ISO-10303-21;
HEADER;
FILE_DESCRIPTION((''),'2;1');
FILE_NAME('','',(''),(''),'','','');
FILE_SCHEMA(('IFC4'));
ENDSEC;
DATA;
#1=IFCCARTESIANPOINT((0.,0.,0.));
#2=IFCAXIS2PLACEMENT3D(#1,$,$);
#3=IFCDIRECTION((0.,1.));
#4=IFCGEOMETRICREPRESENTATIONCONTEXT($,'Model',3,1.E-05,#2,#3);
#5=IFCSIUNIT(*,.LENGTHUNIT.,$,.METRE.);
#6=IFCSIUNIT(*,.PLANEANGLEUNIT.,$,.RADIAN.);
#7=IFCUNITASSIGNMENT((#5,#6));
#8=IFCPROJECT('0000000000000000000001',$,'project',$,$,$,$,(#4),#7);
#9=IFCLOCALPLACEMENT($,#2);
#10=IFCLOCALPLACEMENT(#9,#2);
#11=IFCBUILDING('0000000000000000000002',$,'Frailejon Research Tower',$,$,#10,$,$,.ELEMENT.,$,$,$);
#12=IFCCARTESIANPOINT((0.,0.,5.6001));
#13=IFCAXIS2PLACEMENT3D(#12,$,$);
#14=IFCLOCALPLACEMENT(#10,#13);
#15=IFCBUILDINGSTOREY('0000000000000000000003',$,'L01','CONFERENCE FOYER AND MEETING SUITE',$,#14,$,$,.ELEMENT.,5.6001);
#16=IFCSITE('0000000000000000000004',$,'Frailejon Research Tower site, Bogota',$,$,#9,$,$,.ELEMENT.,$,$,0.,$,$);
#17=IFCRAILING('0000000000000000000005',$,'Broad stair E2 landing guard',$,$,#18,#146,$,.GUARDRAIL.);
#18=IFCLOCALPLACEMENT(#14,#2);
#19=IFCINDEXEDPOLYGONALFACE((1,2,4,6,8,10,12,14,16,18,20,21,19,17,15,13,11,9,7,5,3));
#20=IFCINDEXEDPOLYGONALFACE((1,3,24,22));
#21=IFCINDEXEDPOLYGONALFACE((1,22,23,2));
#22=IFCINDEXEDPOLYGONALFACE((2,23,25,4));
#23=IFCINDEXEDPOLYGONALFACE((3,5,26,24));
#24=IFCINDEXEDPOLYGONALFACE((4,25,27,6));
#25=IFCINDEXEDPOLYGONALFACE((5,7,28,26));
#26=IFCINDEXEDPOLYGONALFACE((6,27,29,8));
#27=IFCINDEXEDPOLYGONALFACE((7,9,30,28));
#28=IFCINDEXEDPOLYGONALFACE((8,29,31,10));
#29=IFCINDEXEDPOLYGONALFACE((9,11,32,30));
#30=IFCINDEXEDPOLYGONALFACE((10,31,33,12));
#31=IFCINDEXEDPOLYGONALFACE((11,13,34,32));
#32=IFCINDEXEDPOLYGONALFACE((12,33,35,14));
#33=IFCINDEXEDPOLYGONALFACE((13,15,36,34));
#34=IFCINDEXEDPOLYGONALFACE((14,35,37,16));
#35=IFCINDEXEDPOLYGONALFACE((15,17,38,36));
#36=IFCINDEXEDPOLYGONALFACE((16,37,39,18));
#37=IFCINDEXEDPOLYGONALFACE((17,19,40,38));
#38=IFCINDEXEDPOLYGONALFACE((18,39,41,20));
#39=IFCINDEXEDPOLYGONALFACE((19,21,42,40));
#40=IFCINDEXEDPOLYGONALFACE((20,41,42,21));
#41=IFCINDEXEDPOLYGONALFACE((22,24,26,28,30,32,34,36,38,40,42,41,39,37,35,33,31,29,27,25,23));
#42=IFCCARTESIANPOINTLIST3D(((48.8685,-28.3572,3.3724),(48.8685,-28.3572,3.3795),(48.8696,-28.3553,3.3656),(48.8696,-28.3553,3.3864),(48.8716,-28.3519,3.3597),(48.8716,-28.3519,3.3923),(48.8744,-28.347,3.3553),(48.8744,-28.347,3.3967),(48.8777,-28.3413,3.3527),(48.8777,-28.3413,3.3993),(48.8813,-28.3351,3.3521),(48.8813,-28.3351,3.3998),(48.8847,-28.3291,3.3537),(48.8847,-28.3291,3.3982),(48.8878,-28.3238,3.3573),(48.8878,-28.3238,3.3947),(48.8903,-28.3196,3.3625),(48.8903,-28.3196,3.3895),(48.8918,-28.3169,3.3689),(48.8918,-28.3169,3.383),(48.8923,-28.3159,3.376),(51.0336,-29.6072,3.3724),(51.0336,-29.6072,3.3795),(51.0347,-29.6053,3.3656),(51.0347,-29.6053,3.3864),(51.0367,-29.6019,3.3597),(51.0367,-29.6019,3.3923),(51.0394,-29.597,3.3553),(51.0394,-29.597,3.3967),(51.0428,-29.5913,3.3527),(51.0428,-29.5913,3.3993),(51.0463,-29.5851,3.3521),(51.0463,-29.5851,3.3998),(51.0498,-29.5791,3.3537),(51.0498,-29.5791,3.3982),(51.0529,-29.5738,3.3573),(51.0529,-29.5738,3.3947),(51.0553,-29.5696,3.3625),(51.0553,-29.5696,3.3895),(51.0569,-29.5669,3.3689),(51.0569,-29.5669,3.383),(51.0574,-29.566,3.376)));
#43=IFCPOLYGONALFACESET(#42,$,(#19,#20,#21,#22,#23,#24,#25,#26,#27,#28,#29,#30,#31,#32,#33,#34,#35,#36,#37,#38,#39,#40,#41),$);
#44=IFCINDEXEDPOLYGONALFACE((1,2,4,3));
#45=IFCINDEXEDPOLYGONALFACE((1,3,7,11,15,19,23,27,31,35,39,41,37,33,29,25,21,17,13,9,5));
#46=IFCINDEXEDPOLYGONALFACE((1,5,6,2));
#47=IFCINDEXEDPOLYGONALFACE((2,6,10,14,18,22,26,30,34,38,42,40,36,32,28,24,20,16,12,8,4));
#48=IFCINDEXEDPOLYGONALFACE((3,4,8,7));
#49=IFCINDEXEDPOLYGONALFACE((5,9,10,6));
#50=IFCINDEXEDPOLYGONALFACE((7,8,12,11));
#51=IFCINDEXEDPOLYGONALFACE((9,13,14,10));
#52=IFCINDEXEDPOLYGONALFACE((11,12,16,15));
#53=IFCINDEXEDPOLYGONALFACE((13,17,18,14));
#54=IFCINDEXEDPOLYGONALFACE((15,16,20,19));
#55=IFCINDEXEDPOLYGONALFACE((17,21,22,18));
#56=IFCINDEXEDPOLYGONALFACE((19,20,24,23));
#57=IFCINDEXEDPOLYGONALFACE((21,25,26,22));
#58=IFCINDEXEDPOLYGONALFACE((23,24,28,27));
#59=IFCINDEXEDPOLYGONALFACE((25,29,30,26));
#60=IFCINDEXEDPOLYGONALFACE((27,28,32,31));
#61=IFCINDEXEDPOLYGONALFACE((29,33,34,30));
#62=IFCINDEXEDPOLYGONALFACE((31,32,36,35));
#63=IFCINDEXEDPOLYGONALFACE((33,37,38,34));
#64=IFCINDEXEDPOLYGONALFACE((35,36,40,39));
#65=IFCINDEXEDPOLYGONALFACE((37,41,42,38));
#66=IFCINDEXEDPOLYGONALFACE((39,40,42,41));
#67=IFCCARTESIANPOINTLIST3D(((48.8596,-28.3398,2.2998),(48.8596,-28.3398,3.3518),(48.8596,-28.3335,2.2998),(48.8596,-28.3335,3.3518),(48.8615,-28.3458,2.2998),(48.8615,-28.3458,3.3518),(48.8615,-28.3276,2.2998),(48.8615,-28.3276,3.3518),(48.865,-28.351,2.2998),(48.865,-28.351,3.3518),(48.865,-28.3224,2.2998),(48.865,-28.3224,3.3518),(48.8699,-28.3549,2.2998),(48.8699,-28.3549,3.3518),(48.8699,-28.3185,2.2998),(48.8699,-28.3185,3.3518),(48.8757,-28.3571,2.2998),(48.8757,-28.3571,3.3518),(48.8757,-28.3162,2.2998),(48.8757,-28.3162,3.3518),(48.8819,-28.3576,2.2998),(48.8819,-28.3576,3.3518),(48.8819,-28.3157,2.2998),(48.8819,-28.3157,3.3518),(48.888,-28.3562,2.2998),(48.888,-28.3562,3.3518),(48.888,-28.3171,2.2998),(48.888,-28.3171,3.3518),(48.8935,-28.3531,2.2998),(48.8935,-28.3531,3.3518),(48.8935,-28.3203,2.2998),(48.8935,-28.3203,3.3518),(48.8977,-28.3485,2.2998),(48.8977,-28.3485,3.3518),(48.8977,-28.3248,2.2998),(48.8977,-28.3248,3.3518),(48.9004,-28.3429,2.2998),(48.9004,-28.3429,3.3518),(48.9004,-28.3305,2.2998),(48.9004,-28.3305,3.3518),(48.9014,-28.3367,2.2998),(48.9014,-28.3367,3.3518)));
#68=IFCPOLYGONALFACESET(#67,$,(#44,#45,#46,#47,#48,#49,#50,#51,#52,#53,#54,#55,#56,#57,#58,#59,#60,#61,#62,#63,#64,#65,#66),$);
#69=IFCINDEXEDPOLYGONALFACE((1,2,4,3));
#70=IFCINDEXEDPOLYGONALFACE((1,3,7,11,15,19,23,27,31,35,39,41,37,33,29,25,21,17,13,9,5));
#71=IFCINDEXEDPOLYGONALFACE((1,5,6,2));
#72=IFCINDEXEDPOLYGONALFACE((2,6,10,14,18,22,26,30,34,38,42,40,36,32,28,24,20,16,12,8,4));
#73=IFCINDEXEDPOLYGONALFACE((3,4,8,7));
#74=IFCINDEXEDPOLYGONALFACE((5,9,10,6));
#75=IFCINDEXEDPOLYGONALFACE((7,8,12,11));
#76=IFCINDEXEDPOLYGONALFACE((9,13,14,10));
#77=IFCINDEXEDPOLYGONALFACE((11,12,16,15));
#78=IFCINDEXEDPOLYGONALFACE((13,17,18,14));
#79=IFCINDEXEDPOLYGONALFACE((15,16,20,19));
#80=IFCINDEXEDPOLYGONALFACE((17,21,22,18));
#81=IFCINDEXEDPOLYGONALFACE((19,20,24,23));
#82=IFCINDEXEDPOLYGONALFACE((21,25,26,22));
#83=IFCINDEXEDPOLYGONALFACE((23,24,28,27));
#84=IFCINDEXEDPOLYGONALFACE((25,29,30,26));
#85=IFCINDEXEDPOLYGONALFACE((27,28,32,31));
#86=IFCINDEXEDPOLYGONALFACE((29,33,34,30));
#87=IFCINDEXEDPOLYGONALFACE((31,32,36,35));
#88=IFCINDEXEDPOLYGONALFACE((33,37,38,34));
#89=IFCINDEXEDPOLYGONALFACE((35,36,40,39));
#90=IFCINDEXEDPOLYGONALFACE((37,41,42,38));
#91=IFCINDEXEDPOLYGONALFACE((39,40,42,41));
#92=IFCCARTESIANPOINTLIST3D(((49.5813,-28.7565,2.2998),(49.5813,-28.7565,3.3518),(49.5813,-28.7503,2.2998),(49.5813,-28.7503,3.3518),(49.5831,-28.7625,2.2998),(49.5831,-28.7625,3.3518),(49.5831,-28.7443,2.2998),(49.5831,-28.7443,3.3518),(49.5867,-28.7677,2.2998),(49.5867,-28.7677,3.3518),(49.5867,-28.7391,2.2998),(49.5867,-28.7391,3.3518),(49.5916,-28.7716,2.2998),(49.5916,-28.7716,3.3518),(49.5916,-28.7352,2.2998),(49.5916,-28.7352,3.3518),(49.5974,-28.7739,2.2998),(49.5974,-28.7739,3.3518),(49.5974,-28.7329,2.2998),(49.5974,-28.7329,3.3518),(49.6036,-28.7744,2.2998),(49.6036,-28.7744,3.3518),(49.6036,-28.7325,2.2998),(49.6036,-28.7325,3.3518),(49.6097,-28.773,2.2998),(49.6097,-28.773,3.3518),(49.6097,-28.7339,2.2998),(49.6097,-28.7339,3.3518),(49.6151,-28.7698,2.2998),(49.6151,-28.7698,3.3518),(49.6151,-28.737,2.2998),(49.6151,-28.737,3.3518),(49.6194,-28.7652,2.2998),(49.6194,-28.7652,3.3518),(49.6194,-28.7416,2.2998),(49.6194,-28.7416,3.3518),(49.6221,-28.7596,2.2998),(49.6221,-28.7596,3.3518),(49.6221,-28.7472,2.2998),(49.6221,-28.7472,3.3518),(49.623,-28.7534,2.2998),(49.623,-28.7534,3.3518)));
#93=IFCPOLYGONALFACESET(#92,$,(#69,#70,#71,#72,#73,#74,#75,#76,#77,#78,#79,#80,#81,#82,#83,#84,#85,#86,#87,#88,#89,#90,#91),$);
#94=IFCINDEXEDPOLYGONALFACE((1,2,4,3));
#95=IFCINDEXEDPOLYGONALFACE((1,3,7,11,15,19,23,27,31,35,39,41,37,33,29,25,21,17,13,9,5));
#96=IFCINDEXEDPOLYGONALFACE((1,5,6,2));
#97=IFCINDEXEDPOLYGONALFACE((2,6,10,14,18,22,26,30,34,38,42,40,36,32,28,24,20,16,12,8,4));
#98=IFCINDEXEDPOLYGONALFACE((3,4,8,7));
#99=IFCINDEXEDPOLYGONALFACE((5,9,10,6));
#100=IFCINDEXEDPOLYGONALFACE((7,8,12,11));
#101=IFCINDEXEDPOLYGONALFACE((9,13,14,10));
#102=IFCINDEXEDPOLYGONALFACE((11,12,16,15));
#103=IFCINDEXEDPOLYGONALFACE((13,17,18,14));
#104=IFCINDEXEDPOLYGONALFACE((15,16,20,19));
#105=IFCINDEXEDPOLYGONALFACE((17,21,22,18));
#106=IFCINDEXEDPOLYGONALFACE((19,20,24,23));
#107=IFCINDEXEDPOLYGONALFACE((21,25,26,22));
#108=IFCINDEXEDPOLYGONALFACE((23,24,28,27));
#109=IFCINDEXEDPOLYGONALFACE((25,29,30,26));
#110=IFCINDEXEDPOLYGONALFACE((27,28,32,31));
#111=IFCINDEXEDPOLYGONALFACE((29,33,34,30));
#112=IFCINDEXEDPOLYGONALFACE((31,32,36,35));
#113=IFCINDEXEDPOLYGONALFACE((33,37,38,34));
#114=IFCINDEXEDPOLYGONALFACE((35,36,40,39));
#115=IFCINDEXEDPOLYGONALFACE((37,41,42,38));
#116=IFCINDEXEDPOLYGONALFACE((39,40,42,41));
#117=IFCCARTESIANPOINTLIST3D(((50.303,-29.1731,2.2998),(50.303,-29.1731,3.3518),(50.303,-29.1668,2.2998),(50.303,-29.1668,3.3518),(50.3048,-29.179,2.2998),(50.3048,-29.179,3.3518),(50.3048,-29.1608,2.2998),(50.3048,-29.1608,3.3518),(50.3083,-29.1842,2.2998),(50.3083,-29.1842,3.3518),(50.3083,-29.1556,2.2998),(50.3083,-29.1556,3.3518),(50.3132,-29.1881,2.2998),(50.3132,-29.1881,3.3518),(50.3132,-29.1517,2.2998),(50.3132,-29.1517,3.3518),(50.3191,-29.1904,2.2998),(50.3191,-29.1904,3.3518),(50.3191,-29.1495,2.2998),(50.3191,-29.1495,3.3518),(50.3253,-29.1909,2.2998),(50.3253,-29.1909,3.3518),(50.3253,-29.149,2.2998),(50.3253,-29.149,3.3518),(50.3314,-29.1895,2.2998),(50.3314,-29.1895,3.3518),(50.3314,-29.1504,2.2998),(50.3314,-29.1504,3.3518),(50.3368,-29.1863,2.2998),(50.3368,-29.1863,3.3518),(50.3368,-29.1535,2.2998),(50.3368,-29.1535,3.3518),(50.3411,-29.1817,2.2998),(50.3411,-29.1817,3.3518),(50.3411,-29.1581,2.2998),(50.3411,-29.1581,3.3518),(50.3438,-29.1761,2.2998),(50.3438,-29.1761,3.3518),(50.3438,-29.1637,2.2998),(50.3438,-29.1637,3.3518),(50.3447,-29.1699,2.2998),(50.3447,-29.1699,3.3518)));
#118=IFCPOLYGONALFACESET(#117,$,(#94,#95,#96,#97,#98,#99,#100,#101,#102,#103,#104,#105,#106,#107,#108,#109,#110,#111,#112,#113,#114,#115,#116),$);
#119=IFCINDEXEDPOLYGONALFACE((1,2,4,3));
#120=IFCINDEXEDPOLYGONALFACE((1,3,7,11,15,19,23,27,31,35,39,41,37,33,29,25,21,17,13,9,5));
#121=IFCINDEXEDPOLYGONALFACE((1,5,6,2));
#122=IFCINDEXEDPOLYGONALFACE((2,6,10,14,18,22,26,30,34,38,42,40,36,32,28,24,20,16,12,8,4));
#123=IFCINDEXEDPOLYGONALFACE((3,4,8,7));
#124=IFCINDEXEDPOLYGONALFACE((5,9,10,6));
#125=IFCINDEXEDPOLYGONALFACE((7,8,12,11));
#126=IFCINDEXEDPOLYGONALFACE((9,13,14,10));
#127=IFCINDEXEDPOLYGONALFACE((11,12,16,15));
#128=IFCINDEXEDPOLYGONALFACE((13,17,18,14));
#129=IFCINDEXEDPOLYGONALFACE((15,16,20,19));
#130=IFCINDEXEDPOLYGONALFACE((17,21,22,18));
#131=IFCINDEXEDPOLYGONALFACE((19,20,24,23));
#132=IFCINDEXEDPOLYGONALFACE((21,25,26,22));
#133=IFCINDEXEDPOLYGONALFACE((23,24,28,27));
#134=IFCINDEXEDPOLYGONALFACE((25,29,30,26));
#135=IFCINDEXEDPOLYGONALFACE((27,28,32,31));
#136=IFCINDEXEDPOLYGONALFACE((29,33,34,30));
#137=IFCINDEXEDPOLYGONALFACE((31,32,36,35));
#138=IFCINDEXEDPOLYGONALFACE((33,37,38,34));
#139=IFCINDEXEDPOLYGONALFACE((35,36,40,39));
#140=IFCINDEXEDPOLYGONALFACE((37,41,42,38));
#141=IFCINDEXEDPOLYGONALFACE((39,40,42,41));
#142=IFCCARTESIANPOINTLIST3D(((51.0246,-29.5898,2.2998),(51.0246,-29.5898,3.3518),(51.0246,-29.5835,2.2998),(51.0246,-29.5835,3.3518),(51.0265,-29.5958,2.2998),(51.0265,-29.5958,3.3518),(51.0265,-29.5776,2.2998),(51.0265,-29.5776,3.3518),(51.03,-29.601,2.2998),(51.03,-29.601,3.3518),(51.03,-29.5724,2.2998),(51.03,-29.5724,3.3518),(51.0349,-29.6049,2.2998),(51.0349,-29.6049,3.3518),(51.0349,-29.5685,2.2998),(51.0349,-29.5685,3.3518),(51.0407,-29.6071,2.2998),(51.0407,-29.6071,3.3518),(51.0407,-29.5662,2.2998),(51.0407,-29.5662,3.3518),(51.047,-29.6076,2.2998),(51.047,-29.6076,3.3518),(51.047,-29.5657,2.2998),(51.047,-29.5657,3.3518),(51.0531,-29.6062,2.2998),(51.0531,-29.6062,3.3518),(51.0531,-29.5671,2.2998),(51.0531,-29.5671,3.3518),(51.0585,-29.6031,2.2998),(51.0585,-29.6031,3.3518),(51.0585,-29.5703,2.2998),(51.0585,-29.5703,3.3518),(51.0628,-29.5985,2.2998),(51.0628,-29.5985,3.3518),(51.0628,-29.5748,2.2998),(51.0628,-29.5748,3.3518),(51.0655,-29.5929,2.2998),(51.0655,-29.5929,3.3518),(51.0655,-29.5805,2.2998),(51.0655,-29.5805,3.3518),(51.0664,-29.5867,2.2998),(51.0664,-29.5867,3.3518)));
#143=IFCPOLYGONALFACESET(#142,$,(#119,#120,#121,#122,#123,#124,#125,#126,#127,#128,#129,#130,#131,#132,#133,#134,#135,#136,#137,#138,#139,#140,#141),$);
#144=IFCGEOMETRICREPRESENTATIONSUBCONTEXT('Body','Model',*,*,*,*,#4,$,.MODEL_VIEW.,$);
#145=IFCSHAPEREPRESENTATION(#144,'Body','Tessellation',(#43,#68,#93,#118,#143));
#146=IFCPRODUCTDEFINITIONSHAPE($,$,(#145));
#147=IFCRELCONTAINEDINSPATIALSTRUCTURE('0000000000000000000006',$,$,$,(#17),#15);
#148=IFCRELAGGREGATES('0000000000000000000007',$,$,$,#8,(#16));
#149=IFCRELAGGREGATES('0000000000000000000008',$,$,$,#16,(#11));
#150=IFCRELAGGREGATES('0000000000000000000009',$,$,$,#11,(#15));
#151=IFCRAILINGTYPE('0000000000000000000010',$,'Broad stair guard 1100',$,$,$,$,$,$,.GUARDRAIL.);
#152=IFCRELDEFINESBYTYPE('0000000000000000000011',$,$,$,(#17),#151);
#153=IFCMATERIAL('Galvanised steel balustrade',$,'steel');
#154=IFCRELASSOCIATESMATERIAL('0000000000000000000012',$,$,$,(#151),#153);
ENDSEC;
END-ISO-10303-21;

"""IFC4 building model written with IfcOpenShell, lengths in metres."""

from ifc_helpers import new_model, si_unit, direction, frame, origin, origin_2d, place, context, subcontext, project, spatial, circle, extrude, material, type_object, element, save


model = new_model("IFC4")

# Units and contexts
model_context = context("Model", 3, precision=1e-05, world=origin(), true_north=direction((0.0, 1.0)))
body_context = subcontext(model_context, "Body", "Model", "MODEL_VIEW")
ifc_project = project(units=[si_unit("LENGTHUNIT", "METRE"), si_unit("PLANEANGLEUNIT", "RADIAN")], contexts=[model_context])

# Site, building, storey
site_placement = place(None, origin())
site = spatial("IfcSite", under=ifc_project, at=site_placement, Name="Frailejon Research Tower site, Bogota", CompositionType="ELEMENT", RefElevation=0.0)
building_placement = place(site_placement, origin())
building = spatial("IfcBuilding", under=site, at=building_placement, Name="Frailejon Research Tower", CompositionType="ELEMENT")
storey_placement = place(building_placement, frame((0.0, 0.0, 5.6001)))
storey = spatial("IfcBuildingStorey", under=building, at=storey_placement, Name="L01", Description="CONFERENCE FOYER AND MEETING SUITE", CompositionType="ELEMENT", Elevation=5.6001)

# Railing
ifc_material_1 = material(Name="Galvanised steel balustrade", Category="steel")
railing_type_1 = type_object("IfcRailingType", Name="Broad stair guard 1100", PredefinedType="GUARDRAIL", material=ifc_material_1)
railing_1_placement = place(storey_placement, frame((48.8804, -28.3367, 2.2998)))
element("IfcRailing", 1, at=railing_1_placement, inside=storey, type_object=railing_type_1, Name="Broad stair E2 landing guard", PredefinedType="GUARDRAIL", context=body_context, shape_type="SweptSolid", body=[
    extrude(circle(Radius=0.0239, at=origin_2d()), frame((0.0, 0.0, 1.0762), z_axis=(0.866023, -0.500004, 0.0), x_axis=(0.500004, 0.866023, 0.0)), (0.0, 0.0, 1.0), 2.5),
    extrude(circle(Radius=0.021, at=origin_2d()), origin(), (0.0, 0.0, 1.0), 1.052),
    extrude(circle(Radius=0.021, at=origin_2d()), frame((0.7217, -0.4167, 0.0)), (0.0, 0.0, 1.0), 1.052),
    extrude(circle(Radius=0.021, at=origin_2d()), frame((1.4434, -0.8333, 0.0)), (0.0, 0.0, 1.0), 1.052),
    extrude(circle(Radius=0.021, at=origin_2d()), frame((2.165, -1.25, 0.0)), (0.0, 0.0, 1.0), 1.052),
])

save(model, "model.ifc")
